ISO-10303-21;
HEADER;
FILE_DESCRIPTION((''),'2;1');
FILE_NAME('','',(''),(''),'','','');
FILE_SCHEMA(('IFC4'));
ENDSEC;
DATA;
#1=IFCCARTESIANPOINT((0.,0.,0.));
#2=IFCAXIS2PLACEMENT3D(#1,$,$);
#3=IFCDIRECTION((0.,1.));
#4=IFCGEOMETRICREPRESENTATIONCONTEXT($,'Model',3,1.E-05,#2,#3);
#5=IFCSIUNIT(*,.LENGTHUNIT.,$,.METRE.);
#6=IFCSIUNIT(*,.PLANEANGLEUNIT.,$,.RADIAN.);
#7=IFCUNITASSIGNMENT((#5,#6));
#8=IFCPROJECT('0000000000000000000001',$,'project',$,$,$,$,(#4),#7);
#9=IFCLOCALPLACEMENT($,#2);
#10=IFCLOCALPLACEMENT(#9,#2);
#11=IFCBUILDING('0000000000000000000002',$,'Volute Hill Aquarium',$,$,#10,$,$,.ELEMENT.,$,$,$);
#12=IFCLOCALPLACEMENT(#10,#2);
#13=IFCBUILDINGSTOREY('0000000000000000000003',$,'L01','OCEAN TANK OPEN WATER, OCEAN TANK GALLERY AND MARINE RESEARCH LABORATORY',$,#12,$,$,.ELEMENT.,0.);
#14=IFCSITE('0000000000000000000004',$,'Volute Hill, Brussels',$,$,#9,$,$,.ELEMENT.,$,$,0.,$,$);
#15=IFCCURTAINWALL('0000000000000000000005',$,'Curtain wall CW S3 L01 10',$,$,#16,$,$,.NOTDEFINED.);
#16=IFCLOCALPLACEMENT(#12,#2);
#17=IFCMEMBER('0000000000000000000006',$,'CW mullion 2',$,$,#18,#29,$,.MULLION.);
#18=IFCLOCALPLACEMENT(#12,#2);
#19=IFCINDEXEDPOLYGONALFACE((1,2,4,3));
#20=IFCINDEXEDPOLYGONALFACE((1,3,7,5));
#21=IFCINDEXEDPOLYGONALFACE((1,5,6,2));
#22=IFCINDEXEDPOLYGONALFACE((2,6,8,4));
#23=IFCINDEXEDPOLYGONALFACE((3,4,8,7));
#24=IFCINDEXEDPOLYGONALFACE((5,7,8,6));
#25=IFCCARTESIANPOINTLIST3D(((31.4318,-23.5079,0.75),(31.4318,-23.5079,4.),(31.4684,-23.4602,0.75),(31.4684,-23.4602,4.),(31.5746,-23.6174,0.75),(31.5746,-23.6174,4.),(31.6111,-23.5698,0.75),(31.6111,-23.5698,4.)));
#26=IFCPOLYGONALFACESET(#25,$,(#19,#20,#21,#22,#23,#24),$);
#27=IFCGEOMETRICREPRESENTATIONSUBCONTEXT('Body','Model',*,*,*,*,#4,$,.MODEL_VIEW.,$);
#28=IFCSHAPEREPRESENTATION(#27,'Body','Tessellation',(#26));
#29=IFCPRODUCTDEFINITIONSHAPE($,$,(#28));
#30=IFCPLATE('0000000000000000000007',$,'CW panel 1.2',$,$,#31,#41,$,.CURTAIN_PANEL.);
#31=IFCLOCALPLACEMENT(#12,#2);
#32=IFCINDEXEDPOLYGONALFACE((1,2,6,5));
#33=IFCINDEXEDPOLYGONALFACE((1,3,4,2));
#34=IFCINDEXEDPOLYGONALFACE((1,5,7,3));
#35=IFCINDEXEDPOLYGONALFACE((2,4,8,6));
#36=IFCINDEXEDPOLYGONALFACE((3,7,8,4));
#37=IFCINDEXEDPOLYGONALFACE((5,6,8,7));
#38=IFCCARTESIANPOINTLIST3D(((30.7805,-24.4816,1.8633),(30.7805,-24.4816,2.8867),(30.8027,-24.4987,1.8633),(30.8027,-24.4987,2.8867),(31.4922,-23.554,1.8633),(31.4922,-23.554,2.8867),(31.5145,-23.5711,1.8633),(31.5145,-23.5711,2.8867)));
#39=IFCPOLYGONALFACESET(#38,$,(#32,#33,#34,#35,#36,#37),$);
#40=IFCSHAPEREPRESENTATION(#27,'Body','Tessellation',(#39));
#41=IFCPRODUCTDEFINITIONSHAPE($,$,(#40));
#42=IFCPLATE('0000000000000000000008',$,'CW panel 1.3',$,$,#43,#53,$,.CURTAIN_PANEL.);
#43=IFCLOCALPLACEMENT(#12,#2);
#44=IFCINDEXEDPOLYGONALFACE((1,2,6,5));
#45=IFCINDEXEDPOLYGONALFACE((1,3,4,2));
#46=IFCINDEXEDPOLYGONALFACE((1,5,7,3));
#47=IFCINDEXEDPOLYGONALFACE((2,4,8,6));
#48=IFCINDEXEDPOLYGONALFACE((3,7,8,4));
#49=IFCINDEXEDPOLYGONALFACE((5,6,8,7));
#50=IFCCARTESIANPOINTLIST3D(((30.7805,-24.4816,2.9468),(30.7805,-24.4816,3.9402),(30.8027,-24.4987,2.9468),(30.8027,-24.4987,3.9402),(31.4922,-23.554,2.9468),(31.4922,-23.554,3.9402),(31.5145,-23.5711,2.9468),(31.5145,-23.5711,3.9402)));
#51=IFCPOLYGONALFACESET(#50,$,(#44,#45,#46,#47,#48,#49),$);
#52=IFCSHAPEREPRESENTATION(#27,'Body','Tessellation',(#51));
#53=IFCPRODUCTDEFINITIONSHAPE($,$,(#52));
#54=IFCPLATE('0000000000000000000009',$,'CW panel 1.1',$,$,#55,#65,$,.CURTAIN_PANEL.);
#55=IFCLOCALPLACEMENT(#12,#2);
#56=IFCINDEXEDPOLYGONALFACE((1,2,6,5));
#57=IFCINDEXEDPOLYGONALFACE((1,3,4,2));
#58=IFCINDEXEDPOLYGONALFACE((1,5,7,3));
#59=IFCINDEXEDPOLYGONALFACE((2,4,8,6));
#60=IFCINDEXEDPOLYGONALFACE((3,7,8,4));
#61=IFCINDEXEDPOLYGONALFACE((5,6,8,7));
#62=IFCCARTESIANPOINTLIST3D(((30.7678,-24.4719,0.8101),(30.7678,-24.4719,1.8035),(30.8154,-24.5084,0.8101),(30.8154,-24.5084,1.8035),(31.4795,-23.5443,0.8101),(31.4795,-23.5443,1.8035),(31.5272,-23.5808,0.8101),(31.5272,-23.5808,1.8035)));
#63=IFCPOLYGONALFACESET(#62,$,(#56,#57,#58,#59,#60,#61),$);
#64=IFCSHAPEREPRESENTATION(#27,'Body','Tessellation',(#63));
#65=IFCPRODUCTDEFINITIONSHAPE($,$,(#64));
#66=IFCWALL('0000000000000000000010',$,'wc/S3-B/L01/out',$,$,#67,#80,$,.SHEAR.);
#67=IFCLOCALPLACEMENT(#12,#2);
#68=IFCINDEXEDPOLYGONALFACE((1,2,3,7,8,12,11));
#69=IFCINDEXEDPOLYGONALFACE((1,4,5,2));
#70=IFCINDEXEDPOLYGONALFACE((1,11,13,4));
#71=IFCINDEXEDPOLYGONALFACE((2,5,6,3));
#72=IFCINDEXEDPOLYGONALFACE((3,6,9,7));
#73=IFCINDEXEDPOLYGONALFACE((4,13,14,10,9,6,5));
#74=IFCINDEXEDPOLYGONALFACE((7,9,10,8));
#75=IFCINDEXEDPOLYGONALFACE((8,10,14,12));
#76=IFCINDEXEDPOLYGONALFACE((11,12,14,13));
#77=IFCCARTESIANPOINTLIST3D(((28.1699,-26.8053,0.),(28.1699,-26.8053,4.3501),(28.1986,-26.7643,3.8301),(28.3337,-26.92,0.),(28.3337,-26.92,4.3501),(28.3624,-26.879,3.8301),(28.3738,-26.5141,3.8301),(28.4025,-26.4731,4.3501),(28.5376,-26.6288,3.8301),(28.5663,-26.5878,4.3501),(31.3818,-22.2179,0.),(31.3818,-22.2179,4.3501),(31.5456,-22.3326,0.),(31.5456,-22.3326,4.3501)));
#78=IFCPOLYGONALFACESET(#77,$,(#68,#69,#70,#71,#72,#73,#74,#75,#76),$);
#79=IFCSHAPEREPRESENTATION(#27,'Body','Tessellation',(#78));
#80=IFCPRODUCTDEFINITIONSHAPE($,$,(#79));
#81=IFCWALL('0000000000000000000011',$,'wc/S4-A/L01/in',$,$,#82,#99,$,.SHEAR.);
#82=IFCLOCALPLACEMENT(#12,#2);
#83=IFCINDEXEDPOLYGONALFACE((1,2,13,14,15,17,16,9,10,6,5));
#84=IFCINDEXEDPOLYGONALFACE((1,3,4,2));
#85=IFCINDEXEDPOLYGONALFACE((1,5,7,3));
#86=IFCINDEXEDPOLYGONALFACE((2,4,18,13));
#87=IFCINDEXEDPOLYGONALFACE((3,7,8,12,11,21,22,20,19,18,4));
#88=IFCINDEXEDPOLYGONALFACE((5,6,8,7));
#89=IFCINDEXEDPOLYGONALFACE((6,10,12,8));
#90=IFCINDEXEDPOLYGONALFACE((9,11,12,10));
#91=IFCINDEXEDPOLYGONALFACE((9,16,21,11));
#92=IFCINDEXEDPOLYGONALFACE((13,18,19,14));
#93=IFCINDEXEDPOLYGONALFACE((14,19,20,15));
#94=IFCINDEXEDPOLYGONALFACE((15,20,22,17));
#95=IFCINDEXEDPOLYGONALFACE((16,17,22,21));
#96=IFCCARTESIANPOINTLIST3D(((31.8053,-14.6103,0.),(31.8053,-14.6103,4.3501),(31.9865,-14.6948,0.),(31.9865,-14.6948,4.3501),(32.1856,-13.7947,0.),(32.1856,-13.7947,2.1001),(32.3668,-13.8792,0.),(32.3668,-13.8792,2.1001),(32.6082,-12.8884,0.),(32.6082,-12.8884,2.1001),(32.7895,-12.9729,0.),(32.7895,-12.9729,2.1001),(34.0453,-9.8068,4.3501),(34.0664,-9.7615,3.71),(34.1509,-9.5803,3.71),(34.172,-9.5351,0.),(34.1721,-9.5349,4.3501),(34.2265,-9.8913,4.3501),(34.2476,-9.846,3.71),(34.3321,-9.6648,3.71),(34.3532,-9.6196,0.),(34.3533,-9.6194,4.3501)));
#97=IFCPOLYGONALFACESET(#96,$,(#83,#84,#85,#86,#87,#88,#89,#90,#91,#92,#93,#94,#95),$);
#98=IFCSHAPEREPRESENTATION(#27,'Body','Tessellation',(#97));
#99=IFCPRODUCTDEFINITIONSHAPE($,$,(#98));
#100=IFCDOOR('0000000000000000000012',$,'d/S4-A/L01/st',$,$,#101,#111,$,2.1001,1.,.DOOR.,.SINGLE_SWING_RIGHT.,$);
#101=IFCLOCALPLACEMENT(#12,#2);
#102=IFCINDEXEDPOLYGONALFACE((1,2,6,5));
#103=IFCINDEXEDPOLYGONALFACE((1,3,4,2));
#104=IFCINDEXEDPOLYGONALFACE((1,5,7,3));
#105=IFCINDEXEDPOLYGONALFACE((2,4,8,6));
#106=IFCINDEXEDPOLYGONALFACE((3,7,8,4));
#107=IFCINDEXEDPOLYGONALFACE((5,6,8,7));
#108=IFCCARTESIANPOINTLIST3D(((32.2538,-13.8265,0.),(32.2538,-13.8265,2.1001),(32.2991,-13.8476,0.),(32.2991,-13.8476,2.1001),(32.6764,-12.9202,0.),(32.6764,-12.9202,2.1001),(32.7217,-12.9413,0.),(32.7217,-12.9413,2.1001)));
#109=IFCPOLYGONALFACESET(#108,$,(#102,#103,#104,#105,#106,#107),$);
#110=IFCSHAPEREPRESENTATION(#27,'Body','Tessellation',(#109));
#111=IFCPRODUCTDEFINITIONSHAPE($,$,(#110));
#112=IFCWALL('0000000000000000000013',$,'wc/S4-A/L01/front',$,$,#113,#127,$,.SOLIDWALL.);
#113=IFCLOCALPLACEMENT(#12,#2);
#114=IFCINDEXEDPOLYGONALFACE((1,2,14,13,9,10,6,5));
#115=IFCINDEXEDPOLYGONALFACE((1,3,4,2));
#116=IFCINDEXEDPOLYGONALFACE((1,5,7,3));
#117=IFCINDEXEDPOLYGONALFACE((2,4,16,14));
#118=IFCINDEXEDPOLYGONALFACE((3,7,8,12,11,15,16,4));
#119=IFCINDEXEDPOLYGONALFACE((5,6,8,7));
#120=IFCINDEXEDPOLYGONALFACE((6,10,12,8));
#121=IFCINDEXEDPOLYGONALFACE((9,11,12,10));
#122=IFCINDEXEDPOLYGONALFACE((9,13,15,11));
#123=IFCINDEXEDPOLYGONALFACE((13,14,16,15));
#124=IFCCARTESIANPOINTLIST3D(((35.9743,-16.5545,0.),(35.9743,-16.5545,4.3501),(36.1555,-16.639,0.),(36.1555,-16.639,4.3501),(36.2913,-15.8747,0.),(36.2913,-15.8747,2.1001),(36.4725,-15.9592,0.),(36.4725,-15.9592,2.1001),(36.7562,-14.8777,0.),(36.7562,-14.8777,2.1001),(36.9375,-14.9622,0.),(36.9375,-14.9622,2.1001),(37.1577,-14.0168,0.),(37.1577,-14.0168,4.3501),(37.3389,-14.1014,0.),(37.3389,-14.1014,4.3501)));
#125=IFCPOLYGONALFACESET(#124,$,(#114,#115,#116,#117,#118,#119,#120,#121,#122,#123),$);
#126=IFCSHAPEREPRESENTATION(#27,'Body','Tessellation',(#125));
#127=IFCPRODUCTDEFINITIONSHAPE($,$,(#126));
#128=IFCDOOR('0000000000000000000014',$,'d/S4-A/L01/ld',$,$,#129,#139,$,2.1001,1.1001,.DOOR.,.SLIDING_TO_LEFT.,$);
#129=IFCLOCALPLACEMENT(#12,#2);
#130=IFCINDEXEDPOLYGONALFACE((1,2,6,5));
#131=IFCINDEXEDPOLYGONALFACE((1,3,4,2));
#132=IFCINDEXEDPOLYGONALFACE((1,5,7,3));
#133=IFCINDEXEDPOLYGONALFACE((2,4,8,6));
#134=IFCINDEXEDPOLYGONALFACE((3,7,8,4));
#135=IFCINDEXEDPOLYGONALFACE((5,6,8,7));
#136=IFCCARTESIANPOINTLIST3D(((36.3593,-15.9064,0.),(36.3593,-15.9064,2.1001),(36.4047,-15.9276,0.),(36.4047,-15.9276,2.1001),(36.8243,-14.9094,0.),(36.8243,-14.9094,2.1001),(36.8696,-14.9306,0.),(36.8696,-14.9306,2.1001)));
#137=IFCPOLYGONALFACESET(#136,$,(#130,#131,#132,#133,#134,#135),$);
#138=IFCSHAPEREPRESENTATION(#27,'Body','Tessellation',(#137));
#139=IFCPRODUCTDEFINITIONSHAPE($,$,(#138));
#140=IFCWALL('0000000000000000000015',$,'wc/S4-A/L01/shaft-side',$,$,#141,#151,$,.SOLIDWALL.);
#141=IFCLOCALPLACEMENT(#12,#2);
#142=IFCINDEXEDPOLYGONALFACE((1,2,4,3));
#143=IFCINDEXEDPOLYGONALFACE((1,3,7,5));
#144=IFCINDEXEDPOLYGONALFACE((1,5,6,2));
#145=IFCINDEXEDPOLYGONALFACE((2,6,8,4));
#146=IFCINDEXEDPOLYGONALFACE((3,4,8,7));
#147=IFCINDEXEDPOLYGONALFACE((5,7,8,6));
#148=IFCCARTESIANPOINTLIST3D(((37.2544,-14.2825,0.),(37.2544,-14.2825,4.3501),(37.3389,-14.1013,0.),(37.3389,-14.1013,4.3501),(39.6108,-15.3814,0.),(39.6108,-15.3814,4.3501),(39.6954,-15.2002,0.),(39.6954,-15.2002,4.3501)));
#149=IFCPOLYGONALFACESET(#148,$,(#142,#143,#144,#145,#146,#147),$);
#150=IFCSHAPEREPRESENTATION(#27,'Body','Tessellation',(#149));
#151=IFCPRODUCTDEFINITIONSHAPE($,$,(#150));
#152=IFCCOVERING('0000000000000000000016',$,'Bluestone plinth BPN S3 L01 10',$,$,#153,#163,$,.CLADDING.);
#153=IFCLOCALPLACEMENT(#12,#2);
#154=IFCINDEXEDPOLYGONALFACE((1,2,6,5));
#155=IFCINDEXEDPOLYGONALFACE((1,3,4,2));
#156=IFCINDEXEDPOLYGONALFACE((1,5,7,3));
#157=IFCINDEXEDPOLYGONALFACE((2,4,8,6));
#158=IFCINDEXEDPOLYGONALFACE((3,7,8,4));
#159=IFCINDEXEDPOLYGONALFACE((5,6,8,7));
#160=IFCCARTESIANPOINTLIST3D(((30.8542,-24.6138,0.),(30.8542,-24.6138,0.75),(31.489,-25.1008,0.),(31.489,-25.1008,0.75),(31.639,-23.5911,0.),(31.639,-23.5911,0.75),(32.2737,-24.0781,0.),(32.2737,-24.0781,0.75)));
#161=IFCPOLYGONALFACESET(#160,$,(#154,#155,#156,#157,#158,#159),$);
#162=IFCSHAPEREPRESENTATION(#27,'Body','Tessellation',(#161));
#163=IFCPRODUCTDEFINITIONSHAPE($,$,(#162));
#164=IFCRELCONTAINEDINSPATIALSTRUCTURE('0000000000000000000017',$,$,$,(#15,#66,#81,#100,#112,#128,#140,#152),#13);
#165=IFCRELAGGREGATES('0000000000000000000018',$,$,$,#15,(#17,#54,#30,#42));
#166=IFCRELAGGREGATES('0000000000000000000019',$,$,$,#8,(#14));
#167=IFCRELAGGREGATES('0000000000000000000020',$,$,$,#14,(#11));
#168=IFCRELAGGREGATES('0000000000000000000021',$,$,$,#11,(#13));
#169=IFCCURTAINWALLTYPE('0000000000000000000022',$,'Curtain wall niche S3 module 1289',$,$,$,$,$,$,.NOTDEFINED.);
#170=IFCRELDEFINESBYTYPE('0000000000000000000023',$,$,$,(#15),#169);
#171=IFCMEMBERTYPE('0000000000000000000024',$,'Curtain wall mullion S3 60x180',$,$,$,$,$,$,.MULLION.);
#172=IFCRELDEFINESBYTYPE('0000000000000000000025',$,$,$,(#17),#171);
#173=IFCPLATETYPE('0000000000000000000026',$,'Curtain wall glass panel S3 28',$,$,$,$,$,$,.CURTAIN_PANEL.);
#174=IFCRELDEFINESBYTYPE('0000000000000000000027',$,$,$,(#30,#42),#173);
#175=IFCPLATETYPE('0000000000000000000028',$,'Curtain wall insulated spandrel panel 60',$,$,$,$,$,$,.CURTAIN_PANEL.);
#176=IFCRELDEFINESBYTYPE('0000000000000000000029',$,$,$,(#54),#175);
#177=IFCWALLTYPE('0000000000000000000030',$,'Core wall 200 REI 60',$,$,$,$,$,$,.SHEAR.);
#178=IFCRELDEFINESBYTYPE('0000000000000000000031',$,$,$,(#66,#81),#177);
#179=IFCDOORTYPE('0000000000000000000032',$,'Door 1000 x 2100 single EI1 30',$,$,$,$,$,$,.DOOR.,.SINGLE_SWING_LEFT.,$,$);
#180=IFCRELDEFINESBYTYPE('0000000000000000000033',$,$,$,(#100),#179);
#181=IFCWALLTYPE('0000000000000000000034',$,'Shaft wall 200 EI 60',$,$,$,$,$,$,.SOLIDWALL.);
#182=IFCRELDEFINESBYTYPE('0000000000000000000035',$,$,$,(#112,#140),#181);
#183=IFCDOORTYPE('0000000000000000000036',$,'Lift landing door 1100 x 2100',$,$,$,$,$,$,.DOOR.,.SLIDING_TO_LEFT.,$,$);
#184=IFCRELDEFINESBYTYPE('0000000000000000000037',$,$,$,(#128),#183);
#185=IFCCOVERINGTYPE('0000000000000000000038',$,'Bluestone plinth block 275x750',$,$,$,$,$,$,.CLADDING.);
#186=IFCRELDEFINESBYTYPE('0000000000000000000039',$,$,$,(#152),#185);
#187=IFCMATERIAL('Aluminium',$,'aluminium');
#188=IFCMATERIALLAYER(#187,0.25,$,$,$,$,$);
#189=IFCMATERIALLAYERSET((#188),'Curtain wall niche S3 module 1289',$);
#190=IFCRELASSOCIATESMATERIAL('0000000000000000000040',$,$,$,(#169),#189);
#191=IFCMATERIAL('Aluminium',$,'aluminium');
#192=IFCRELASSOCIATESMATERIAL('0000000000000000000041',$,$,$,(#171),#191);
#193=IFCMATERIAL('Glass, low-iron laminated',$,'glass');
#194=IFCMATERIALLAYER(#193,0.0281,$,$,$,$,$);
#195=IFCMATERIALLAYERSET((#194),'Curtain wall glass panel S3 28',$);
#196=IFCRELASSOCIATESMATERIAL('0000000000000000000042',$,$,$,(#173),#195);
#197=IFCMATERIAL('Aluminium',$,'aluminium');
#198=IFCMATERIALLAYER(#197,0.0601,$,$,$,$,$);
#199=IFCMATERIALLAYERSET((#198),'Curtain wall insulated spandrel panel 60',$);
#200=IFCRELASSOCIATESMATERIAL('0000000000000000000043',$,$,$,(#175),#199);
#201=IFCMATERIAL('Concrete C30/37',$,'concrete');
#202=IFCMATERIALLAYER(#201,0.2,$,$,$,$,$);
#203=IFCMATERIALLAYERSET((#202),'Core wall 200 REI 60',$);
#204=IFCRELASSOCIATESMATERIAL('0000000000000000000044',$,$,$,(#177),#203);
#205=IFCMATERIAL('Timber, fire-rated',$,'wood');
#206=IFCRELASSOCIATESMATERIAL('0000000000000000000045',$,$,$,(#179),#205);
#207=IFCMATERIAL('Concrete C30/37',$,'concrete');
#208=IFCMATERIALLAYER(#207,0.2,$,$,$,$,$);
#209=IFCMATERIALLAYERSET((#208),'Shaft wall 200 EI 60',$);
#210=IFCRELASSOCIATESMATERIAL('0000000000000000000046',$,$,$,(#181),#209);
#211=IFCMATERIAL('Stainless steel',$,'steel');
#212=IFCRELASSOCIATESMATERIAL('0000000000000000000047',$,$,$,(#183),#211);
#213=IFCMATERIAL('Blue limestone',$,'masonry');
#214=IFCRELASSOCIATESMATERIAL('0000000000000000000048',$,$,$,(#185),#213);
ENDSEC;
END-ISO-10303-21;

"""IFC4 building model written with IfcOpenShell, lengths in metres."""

from ifc_helpers import new_model, si_unit, direction, frame, frame_2d, origin, origin_2d, place, context, subcontext, project, spatial, polyline, rectangle, outline, extrude, material, layer, layer_set, material_profile, profile_set, type_object, element, fill, aggregate, save


model = new_model("IFC4")

# Units and contexts
model_context = context("Model", 3, precision=1e-05, world=origin(), true_north=direction((0.0, 1.0)))
body_context = subcontext(model_context, "Body", "Model", "MODEL_VIEW")
ifc_project = project(units=[si_unit("LENGTHUNIT", "METRE"), si_unit("PLANEANGLEUNIT", "RADIAN")], contexts=[model_context])

# Site, building, storey
site_placement = place(None, origin())
site = spatial("IfcSite", under=ifc_project, at=site_placement, Name="Volute Hill, Brussels", CompositionType="ELEMENT", RefElevation=0.0)
building_placement = place(site_placement, origin())
building = spatial("IfcBuilding", under=site, at=building_placement, Name="Volute Hill Aquarium", CompositionType="ELEMENT")
storey_placement = place(building_placement, origin())
storey = spatial("IfcBuildingStorey", under=building, at=storey_placement, Name="L01", Description="OCEAN TANK OPEN WATER, OCEAN TANK GALLERY AND MARINE RESEARCH LABORATORY", CompositionType="ELEMENT", Elevation=0.0)

# Curtain wall, member, plates
ifc_material_1 = material(Name="Aluminium", Category="aluminium")
ifc_layer_1 = layer(ifc_material_1, 0.25)
ifc_layer_set_1 = layer_set([ifc_layer_1], Name="Curtain wall niche S3 module 1289")
curtain_wall_type = type_object("IfcCurtainWallType", Name="Curtain wall niche S3 module 1289", PredefinedType="NOTDEFINED", material=ifc_layer_set_1)
curtain_wall_placement = place(storey_placement, origin())
curtain_wall = element("IfcCurtainWall", 1, at=curtain_wall_placement, inside=storey, type_object=curtain_wall_type, Name="Curtain wall CW S3 L01 10", PredefinedType="NOTDEFINED")
ifc_material_2 = material(Name="Aluminium", Category="aluminium")
ifc_material_profile = material_profile(ifc_material_2, rectangle(XDim=0.1799, YDim=0.0601, at=origin_2d()), Name="Curtain wall mullion S3 60x180")
ifc_profile_set = profile_set([ifc_material_profile], Name="Aluminium")
member_type = type_object("IfcMemberType", Name="Curtain wall mullion S3 60x180", PredefinedType="MULLION", material=ifc_profile_set)
member_placement = place(storey_placement, frame((31.5215, -23.5388, 0.75), z_axis=(0.0, 0.0, 1.0), x_axis=(-0.793366, 0.608745, 0.0)))
member = element("IfcMember", 2, at=member_placement, type_object=member_type, Name="CW mullion 2", PredefinedType="MULLION", context=body_context, shape_type="SweptSolid", body=[
    extrude(rectangle(XDim=0.1799, YDim=0.0601, at=origin_2d()), origin(), (0.0, 0.0, 1.0), 3.25),
])
ifc_material_3 = material(Name="Glass, low-iron laminated", Category="glass")
ifc_layer_2 = layer(ifc_material_3, 0.0281)
ifc_layer_set_2 = layer_set([ifc_layer_2], Name="Curtain wall glass panel S3 28")
plate_type_1 = type_object("IfcPlateType", Name="Curtain wall glass panel S3 28", PredefinedType="CURTAIN_PANEL", material=ifc_layer_set_2)
plate_1_placement = place(storey_placement, frame((31.1475, -24.0264, 1.8633), z_axis=(0.0, 0.0, 1.0), x_axis=(0.608745, 0.793366, 0.0)))
plate_1 = element("IfcPlate", 3, at=plate_1_placement, type_object=plate_type_1, Name="CW panel 1.2", PredefinedType="CURTAIN_PANEL", context=body_context, shape_type="SweptSolid", body=[
    extrude(rectangle(XDim=1.1692, YDim=0.0281, at=origin_2d()), origin(), (0.0, 0.0, 1.0), 1.0234),
])
plate_2_placement = place(storey_placement, frame((31.1475, -24.0264, 2.9468), z_axis=(0.0, 0.0, 1.0), x_axis=(0.608745, 0.793366, 0.0)))
plate_2 = element("IfcPlate", 4, at=plate_2_placement, type_object=plate_type_1, Name="CW panel 1.3", PredefinedType="CURTAIN_PANEL", context=body_context, shape_type="SweptSolid", body=[
    extrude(rectangle(XDim=1.1692, YDim=0.0281, at=origin_2d()), origin(), (0.0, 0.0, 1.0), 0.9934),
])
ifc_material_4 = material(Name="Aluminium", Category="aluminium")
ifc_layer_3 = layer(ifc_material_4, 0.0601)
ifc_layer_set_3 = layer_set([ifc_layer_3], Name="Curtain wall insulated spandrel panel 60")
plate_type_2 = type_object("IfcPlateType", Name="Curtain wall insulated spandrel panel 60", PredefinedType="CURTAIN_PANEL", material=ifc_layer_set_3)
plate_3_placement = place(storey_placement, frame((31.1475, -24.0264, 0.8101), z_axis=(0.0, 0.0, 1.0), x_axis=(0.608745, 0.793366, 0.0)))
plate_3 = element("IfcPlate", 5, at=plate_3_placement, type_object=plate_type_2, Name="CW panel 1.1", PredefinedType="CURTAIN_PANEL", context=body_context, shape_type="SweptSolid", body=[
    extrude(rectangle(XDim=1.1692, YDim=0.0601, at=origin_2d()), origin(), (0.0, 0.0, 1.0), 0.9934),
])
aggregate(curtain_wall, [member, plate_3, plate_1, plate_2])

# Wall
ifc_material_5 = material(Name="Concrete C30/37", Category="concrete")
ifc_layer_4 = layer(ifc_material_5, 0.2)
ifc_layer_set_4 = layer_set([ifc_layer_4], Name="Core wall 200 REI 60")
wall_type_1 = type_object("IfcWallType", Name="Core wall 200 REI 60", PredefinedType="SHEAR", material=ifc_layer_set_4)
wall_1_placement = place(storey_placement, frame((31.4636, -22.2751, 0.0), z_axis=(0.0, 0.0, 1.0), x_axis=(-0.57355, -0.81917, 0.0)))
element("IfcWall", 6, at=wall_1_placement, inside=storey, type_object=wall_type_1, Name="wc/S3-B/L01/out", PredefinedType="SHEAR", context=body_context, shape_type="SweptSolid", body=[
    extrude(outline(polyline([(0.0, 0.0), (5.6001, 0.0), (5.6001, 4.3501), (5.55, 3.8301), (5.2446, 3.8301), (5.1946, 4.3501), (0.0, 4.3501), (0.0, 0.0)])), frame((0.0, 0.1001, 0.0), z_axis=(0.0, -1.0, 0.0), x_axis=(1.0, 0.0, 0.0)), (0.0, 0.0, 1.0), 0.2),
])

# Walls, openings, doors
wall_2_placement = place(storey_placement, frame((31.896, -14.6526, 0.0), z_axis=(0.0, 0.0, 1.0), x_axis=(0.422632, 0.906301, 0.0)))
wall_2 = element("IfcWall", 7, at=wall_2_placement, inside=storey, type_object=wall_type_1, Name="wc/S4-A/L01/in", PredefinedType="SHEAR", context=body_context, shape_type="SweptSolid", body=[
    extrude(outline(polyline([(0.0, 0.0), (5.5999, 0.0), (5.6001, 4.3501), (5.55, 3.71), (5.3501, 3.71), (5.3, 4.3501), (0.0, 4.3501), (0.0, 0.0)])), frame((0.0, 0.1001, 0.0), z_axis=(0.0, -1.0, 0.0), x_axis=(1.0, 0.0, 0.0)), (0.0, 0.0, 1.0), 0.2),
])
opening_1_placement = place(wall_2_placement, frame((0.8999, 0.0, 0.0)))
opening_1 = element("IfcOpeningElement", 8, at=opening_1_placement, cuts=wall_2, PredefinedType="OPENING", context=body_context, shape_type="SweptSolid", body=[
    extrude(rectangle(XDim=1.0, YDim=2.1001, at=frame_2d((0.5, 1.05))), frame((0.0, 0.1099, 0.0), z_axis=(0.0, -1.0, 0.0), x_axis=(1.0, 0.0, 0.0)), (0.0, 0.0, 1.0), 0.22),
])
ifc_material_6 = material(Name="Timber, fire-rated", Category="wood")
door_type_1 = type_object("IfcDoorType", Name="Door 1000 x 2100 single EI1 30", OperationType="SINGLE_SWING_LEFT", PredefinedType="DOOR", material=ifc_material_6)
door_1_placement = place(opening_1_placement, origin())
door_1 = element("IfcDoor", 9, at=door_1_placement, inside=storey, type_object=door_type_1, Name="d/S4-A/L01/st", OperationType="SINGLE_SWING_RIGHT", OverallHeight=2.1001, OverallWidth=1.0, PredefinedType="DOOR", context=body_context, shape_type="SweptSolid", body=[
    extrude(rectangle(XDim=1.0, YDim=2.1001, at=frame_2d((0.5, 1.05))), frame((0.0, 0.0249, 0.0), z_axis=(0.0, -1.0, 0.0), x_axis=(1.0, 0.0, 0.0)), (0.0, 0.0, 1.0), 0.05),
])
fill(opening_1, door_1)
ifc_material_7 = material(Name="Concrete C30/37", Category="concrete")
ifc_layer_5 = layer(ifc_material_7, 0.2)
ifc_layer_set_5 = layer_set([ifc_layer_5], Name="Shaft wall 200 EI 60")
wall_type_2 = type_object("IfcWallType", Name="Shaft wall 200 EI 60", PredefinedType="SOLIDWALL", material=ifc_layer_set_5)
wall_3_placement = place(storey_placement, frame((36.0649, -16.5967, 0.0), z_axis=(0.0, 0.0, 1.0), x_axis=(0.422632, 0.906301, 0.0)))
wall_3 = element("IfcWall", 10, at=wall_3_placement, inside=storey, type_object=wall_type_2, Name="wc/S4-A/L01/front", PredefinedType="SOLIDWALL", context=body_context, shape_type="SweptSolid", body=[
    extrude(rectangle(XDim=2.8, YDim=0.2, at=frame_2d((1.3999, 0.0))), origin(), (0.0, 0.0, 1.0), 4.3501),
])
opening_2_placement = place(wall_3_placement, frame((0.75, 0.0, 0.0)))
opening_2 = element("IfcOpeningElement", 11, at=opening_2_placement, cuts=wall_3, PredefinedType="OPENING", context=body_context, shape_type="SweptSolid", body=[
    extrude(rectangle(XDim=1.1001, YDim=2.1001, at=frame_2d((0.55, 1.05))), frame((0.0, 0.1099, 0.0), z_axis=(0.0, -1.0, 0.0), x_axis=(1.0, 0.0, 0.0)), (0.0, 0.0, 1.0), 0.22),
])
ifc_material_8 = material(Name="Stainless steel", Category="steel")
door_type_2 = type_object("IfcDoorType", Name="Lift landing door 1100 x 2100", OperationType="SLIDING_TO_LEFT", PredefinedType="DOOR", material=ifc_material_8)
door_2_placement = place(opening_2_placement, origin())
door_2 = element("IfcDoor", 12, at=door_2_placement, inside=storey, type_object=door_type_2, Name="d/S4-A/L01/ld", OperationType="SLIDING_TO_LEFT", OverallHeight=2.1001, OverallWidth=1.1001, PredefinedType="DOOR", context=body_context, shape_type="SweptSolid", body=[
    extrude(rectangle(XDim=1.1001, YDim=2.1001, at=frame_2d((0.55, 1.05))), frame((0.0, 0.0249, 0.0), z_axis=(0.0, -1.0, 0.0), x_axis=(1.0, 0.0, 0.0)), (0.0, 0.0, 1.0), 0.05),
])
fill(opening_2, door_2)

# Wall
wall_4_placement = place(storey_placement, frame((37.2966, -14.1919, 0.0), z_axis=(0.0, 0.0, 1.0), x_axis=(0.906301, -0.422634, 0.0)))
element("IfcWall", 13, at=wall_4_placement, inside=storey, type_object=wall_type_2, Name="wc/S4-A/L01/shaft-side", PredefinedType="SOLIDWALL", context=body_context, shape_type="SweptSolid", body=[
    extrude(rectangle(XDim=2.6001, YDim=0.2, at=frame_2d((1.3, 0.0))), origin(), (0.0, 0.0, 1.0), 4.3501),
])

# Covering
ifc_material_9 = material(Name="Blue limestone", Category="masonry")
covering_type_1 = type_object("IfcCoveringType", Name="Bluestone plinth block 275x750", PredefinedType="CLADDING", material=ifc_material_9)
covering_1_placement = place(storey_placement, frame((31.564, -24.3459, 0.0), z_axis=(0.0, 0.0, 1.0), x_axis=(0.608746, 0.793365, 0.0)))
element("IfcCovering", 14, at=covering_1_placement, inside=storey, type_object=covering_type_1, Name="Bluestone plinth BPN S3 L01 10", PredefinedType="CLADDING", context=body_context, shape_type="SweptSolid", body=[
    extrude(rectangle(XDim=1.2891, YDim=0.8, at=origin_2d()), origin(), (0.0, 0.0, 1.0), 0.75),
])

save(model, "model.ifc")
